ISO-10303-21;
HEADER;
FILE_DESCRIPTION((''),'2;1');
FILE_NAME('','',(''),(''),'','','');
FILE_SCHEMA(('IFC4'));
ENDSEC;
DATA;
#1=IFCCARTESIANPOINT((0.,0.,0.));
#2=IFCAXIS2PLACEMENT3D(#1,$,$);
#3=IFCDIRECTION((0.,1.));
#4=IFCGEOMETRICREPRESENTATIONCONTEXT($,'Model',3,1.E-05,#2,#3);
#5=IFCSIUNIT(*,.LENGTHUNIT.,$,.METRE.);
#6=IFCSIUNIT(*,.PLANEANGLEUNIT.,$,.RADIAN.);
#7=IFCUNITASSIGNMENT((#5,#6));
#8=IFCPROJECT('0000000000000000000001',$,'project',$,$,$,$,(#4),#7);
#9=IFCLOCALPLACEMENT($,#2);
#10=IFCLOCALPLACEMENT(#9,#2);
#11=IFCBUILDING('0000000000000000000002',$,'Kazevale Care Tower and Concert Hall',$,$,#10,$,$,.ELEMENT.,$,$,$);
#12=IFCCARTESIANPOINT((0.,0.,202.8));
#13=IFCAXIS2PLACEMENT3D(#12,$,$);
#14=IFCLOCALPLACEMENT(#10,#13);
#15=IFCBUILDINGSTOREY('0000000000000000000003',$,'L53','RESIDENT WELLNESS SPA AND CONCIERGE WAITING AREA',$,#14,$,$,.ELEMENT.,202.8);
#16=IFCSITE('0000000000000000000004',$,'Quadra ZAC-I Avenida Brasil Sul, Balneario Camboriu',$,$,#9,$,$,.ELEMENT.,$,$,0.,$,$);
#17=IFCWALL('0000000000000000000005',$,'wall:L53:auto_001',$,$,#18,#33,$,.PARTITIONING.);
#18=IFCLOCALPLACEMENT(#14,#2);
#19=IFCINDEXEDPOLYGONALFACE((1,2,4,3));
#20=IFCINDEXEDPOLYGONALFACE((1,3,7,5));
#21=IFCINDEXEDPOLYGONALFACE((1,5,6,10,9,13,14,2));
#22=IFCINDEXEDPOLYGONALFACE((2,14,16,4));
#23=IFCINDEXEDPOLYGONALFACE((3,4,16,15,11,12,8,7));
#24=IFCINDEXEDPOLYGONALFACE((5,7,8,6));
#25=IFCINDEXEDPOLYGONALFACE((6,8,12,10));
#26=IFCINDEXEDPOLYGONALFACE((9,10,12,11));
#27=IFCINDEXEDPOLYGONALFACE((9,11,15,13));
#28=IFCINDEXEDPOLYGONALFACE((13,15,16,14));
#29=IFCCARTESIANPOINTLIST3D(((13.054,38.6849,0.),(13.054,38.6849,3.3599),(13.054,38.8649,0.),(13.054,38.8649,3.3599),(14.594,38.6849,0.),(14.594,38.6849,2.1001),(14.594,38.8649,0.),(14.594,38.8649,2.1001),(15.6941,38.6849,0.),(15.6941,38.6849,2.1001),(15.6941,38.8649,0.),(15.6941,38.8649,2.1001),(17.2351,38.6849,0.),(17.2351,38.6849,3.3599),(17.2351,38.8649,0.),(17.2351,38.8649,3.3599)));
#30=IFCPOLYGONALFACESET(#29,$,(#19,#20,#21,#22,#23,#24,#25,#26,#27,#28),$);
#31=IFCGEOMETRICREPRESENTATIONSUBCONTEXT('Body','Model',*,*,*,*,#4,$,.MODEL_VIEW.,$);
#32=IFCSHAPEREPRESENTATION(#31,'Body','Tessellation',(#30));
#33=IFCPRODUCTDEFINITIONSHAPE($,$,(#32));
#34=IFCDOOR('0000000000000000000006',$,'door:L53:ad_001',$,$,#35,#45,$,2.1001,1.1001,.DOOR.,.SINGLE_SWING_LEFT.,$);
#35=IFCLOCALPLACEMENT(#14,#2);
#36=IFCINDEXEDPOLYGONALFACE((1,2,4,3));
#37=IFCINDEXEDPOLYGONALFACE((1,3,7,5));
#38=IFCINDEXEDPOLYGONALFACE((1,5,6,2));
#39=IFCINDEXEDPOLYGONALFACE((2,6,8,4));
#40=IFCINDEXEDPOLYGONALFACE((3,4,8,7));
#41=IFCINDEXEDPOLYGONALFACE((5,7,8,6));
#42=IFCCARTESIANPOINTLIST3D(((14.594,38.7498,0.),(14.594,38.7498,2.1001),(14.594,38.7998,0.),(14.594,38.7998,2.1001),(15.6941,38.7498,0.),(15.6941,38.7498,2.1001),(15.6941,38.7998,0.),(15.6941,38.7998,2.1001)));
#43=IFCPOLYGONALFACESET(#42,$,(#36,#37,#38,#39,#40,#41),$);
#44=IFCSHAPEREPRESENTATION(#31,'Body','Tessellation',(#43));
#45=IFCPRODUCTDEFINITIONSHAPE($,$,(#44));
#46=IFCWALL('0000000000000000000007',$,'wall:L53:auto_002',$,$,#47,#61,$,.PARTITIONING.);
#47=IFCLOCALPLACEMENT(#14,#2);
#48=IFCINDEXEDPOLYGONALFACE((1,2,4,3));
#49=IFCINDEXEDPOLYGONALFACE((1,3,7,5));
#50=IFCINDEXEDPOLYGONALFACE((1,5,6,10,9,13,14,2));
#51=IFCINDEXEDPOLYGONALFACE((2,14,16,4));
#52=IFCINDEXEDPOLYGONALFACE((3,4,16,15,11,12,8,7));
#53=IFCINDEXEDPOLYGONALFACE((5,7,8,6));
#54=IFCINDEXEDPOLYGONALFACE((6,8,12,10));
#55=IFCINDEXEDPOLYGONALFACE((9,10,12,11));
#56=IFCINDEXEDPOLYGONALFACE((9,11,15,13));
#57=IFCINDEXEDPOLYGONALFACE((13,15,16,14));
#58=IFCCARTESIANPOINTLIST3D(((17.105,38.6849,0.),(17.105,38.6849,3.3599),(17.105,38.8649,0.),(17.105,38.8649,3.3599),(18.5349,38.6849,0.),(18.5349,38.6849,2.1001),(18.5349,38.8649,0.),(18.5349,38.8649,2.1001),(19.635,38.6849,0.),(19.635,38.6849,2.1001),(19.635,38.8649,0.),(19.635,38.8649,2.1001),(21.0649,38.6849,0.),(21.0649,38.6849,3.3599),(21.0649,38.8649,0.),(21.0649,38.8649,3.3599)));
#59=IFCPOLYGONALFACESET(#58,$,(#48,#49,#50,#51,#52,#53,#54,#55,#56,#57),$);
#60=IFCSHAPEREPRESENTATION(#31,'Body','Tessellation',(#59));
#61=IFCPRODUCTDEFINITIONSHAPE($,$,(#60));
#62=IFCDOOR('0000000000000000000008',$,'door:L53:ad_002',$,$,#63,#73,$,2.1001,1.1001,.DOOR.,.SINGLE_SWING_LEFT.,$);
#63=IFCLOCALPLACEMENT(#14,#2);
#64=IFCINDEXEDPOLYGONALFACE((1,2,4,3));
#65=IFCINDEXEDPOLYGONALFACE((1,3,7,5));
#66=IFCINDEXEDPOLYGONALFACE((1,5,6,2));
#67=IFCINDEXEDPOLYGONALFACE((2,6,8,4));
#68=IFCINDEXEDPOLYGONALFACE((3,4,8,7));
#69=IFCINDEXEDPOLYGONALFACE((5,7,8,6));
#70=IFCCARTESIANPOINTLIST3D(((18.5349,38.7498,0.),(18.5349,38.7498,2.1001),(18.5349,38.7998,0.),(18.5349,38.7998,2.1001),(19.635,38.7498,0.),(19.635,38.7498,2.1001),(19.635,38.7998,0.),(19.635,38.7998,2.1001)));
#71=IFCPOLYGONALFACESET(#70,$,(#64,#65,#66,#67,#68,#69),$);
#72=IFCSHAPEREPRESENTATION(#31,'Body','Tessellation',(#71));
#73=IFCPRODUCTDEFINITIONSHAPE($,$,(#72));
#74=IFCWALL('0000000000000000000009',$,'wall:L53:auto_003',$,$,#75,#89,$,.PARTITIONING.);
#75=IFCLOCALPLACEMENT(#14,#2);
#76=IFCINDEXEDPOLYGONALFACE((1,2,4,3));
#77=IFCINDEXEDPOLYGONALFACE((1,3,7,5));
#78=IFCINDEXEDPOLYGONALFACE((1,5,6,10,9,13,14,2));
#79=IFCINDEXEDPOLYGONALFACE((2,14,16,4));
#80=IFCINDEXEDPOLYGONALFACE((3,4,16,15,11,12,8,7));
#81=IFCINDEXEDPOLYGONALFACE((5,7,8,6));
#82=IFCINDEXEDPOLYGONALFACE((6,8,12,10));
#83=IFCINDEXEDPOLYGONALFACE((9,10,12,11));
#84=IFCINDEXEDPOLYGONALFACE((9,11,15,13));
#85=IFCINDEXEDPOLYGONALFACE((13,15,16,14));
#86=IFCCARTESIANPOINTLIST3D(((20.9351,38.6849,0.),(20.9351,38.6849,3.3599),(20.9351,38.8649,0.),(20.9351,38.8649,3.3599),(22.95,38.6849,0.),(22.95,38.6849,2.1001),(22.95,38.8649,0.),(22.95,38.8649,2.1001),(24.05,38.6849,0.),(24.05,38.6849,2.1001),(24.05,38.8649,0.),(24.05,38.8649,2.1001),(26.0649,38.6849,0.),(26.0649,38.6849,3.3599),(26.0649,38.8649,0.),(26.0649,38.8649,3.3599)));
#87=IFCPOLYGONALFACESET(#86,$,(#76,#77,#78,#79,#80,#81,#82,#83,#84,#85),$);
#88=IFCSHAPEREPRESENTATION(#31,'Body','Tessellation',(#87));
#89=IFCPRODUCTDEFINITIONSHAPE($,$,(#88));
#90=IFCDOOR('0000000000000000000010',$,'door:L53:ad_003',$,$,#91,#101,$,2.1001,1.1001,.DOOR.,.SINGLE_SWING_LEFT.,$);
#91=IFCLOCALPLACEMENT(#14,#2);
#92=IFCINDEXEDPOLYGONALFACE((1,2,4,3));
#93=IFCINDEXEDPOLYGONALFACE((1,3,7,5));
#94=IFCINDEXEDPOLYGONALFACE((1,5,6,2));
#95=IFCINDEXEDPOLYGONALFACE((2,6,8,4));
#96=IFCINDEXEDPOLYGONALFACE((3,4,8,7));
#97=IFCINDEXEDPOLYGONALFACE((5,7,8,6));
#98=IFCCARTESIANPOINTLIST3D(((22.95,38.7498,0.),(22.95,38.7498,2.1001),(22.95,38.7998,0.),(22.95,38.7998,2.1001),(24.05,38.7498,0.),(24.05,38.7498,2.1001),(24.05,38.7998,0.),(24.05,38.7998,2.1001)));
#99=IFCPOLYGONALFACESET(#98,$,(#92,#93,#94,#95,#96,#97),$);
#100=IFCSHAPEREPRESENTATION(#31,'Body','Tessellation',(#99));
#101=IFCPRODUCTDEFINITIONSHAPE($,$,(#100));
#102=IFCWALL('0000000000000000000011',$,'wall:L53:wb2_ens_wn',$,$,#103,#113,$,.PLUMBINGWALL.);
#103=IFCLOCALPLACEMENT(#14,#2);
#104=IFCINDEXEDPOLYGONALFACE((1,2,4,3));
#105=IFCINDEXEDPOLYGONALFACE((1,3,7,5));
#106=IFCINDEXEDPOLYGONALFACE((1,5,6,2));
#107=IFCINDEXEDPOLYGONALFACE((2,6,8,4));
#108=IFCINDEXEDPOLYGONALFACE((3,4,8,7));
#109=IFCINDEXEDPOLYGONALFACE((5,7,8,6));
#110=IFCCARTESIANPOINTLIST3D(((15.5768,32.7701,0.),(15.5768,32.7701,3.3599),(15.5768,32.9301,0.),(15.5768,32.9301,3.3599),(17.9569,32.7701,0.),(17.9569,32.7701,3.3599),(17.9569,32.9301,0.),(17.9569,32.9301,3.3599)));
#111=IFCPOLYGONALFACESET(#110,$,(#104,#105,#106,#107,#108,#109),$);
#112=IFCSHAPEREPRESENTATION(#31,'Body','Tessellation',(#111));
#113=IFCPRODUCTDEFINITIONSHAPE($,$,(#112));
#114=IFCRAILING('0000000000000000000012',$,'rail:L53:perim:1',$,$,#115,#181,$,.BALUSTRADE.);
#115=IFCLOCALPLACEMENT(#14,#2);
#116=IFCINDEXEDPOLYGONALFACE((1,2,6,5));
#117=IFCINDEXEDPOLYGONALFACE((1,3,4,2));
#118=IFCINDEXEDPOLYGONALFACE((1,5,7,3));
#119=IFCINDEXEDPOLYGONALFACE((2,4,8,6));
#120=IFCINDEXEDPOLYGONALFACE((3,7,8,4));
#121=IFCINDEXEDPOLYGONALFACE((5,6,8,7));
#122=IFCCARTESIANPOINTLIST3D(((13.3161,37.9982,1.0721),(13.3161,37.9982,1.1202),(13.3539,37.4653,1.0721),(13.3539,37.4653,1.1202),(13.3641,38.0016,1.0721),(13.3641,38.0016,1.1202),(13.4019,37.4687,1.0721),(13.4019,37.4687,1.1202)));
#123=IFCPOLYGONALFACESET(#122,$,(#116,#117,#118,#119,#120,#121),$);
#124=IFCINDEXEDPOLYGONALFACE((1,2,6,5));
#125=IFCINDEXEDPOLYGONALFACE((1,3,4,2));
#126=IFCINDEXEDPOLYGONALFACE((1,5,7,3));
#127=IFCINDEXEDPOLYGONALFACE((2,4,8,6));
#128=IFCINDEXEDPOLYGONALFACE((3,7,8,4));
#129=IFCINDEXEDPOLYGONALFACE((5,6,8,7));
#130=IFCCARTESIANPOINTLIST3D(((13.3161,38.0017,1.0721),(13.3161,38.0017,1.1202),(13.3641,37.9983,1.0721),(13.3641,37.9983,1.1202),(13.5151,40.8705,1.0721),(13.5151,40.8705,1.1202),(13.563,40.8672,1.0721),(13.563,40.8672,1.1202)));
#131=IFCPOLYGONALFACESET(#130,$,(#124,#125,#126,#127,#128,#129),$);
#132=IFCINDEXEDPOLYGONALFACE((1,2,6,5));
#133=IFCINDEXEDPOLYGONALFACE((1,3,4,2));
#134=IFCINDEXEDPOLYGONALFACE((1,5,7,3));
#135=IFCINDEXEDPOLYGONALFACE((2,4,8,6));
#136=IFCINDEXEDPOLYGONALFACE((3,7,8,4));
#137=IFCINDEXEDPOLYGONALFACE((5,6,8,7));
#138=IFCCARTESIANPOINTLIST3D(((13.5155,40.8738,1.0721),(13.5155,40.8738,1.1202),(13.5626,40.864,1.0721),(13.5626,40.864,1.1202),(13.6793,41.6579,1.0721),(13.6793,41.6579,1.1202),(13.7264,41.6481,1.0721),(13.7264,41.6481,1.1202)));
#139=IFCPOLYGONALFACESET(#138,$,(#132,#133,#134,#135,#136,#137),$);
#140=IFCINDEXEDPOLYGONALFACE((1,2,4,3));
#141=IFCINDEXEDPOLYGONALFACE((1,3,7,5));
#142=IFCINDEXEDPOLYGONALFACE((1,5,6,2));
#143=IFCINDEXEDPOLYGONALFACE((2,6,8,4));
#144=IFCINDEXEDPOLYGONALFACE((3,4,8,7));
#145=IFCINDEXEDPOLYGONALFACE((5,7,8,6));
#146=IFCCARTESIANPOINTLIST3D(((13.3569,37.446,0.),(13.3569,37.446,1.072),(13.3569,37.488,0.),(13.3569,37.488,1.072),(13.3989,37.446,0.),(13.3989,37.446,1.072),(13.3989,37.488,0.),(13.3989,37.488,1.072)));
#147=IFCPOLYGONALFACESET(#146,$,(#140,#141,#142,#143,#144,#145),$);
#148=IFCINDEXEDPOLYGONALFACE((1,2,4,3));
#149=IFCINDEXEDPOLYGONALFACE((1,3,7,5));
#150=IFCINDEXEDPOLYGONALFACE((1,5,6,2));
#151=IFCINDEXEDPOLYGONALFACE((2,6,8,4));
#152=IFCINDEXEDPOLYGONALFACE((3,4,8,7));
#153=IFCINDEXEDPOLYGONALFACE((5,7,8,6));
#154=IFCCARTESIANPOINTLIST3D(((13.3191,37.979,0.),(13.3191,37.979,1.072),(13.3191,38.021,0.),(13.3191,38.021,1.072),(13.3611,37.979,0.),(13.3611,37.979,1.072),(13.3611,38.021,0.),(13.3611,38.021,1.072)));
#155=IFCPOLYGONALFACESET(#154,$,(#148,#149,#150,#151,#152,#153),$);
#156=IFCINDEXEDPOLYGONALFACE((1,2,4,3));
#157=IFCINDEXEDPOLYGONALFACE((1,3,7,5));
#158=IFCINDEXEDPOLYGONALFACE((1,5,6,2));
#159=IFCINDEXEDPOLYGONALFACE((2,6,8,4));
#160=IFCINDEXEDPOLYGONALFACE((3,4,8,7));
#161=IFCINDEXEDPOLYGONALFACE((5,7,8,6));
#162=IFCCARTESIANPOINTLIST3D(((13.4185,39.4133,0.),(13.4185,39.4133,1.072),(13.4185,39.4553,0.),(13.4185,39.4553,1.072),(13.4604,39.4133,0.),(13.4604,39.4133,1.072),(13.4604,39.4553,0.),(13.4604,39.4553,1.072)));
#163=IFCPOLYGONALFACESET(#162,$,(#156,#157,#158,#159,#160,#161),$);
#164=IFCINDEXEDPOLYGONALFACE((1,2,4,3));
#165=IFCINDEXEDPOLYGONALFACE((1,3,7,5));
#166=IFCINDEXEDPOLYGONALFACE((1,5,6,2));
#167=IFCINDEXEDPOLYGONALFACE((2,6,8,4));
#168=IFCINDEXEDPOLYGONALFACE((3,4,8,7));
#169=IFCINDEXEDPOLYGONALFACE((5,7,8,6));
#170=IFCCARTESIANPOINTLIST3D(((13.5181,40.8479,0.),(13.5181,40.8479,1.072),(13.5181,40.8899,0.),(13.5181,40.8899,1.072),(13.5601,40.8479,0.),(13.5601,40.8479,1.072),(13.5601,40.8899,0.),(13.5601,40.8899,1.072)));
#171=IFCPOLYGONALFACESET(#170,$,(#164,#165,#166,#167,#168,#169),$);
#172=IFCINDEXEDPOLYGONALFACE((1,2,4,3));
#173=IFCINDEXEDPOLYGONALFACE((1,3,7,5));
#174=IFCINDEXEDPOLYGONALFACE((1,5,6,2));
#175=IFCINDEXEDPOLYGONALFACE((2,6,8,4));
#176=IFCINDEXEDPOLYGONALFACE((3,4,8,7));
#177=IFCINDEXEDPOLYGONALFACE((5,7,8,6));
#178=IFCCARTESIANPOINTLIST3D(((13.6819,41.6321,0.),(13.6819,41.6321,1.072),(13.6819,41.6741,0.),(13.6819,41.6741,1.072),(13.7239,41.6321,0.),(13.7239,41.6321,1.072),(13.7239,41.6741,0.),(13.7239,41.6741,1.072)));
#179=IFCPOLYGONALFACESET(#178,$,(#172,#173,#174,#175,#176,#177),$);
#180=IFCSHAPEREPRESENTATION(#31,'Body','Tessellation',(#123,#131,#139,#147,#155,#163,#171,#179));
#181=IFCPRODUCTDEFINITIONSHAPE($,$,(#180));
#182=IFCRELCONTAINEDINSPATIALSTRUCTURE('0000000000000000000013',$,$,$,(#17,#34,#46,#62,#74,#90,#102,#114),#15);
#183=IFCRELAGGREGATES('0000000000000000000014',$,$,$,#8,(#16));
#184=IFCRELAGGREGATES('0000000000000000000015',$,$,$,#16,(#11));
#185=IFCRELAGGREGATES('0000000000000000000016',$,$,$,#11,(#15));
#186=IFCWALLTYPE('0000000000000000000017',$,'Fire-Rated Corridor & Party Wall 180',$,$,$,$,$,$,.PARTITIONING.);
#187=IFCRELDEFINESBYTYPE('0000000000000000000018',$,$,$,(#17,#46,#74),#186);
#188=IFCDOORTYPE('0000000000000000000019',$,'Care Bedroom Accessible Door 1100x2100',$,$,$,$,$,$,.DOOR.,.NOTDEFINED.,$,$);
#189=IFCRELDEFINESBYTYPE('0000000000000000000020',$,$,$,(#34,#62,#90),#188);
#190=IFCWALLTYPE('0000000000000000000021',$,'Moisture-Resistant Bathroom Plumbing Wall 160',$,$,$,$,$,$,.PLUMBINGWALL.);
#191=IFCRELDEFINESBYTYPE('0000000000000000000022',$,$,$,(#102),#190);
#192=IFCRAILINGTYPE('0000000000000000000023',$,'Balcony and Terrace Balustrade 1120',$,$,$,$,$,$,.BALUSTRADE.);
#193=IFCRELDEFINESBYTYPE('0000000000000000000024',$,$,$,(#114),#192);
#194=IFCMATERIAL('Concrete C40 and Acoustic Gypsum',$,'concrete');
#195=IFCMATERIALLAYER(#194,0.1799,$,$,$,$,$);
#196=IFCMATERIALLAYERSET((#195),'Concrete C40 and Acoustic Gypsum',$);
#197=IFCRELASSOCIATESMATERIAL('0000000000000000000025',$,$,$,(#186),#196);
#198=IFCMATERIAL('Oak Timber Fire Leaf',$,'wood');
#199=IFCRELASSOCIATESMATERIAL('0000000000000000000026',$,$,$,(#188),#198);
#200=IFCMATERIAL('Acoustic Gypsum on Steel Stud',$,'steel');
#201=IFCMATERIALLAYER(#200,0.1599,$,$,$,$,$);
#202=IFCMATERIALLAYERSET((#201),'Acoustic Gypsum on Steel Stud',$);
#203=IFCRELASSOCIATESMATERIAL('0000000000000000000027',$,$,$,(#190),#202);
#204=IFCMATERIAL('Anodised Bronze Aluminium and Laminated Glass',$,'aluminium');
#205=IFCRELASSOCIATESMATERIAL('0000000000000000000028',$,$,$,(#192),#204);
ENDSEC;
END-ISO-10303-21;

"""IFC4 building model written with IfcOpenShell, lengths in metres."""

from ifc_helpers import new_model, si_unit, direction, frame, frame_2d, origin, origin_2d, place, context, subcontext, project, spatial, rectangle, extrude, material, layer, layer_set, type_object, element, fill, save


model = new_model("IFC4")

# Units and contexts
model_context = context("Model", 3, precision=1e-05, world=origin(), true_north=direction((0.0, 1.0)))
body_context = subcontext(model_context, "Body", "Model", "MODEL_VIEW")
ifc_project = project(units=[si_unit("LENGTHUNIT", "METRE"), si_unit("PLANEANGLEUNIT", "RADIAN")], contexts=[model_context])

# Site, building, storey
site_placement = place(None, origin())
site = spatial("IfcSite", under=ifc_project, at=site_placement, Name="Quadra ZAC-I Avenida Brasil Sul, Balneario Camboriu", CompositionType="ELEMENT", RefElevation=0.0)
building_placement = place(site_placement, origin())
building = spatial("IfcBuilding", under=site, at=building_placement, Name="Kazevale Care Tower and Concert Hall", CompositionType="ELEMENT")
storey_placement = place(building_placement, frame((0.0, 0.0, 202.8)))
storey = spatial("IfcBuildingStorey", under=building, at=storey_placement, Name="L53", Description="RESIDENT WELLNESS SPA AND CONCIERGE WAITING AREA", CompositionType="ELEMENT", Elevation=202.8)

# Walls, openings, doors
ifc_material_1 = material(Name="Concrete C40 and Acoustic Gypsum", Category="concrete")
ifc_layer_1 = layer(ifc_material_1, 0.1799)
ifc_layer_set_1 = layer_set([ifc_layer_1], Name="Concrete C40 and Acoustic Gypsum")
wall_type_1 = type_object("IfcWallType", Name="Fire-Rated Corridor & Party Wall 180", PredefinedType="PARTITIONING", material=ifc_layer_set_1)
wall_1_placement = place(storey_placement, frame((13.054, 38.7749, 0.0), z_axis=(0.0, 0.0, 1.0), x_axis=(1.0, 0.0, 0.0)))
wall_1 = element("IfcWall", 1, at=wall_1_placement, inside=storey, type_object=wall_type_1, Name="wall:L53:auto_001", PredefinedType="PARTITIONING", context=body_context, shape_type="SweptSolid", body=[
    extrude(rectangle(XDim=4.1812, YDim=0.1799, at=frame_2d((2.0906, 0.0))), origin(), (0.0, 0.0, 1.0), 3.3599),
])
opening_1_placement = place(wall_1_placement, frame((1.54, 0.0, 0.0)))
opening_1 = element("IfcOpeningElement", 2, at=opening_1_placement, cuts=wall_1, PredefinedType="OPENING", context=body_context, shape_type="SweptSolid", body=[
    extrude(rectangle(XDim=1.1001, YDim=2.1001, at=frame_2d((0.55, 1.05))), frame((0.0, 0.0999, 0.0), z_axis=(0.0, -1.0, 0.0), x_axis=(1.0, 0.0, 0.0)), (0.0, 0.0, 1.0), 0.2),
])
ifc_material_2 = material(Name="Oak Timber Fire Leaf", Category="wood")
door_type = type_object("IfcDoorType", Name="Care Bedroom Accessible Door 1100x2100", OperationType="NOTDEFINED", PredefinedType="DOOR", material=ifc_material_2)
door_1_placement = place(opening_1_placement, origin())
door_1 = element("IfcDoor", 3, at=door_1_placement, inside=storey, type_object=door_type, Name="door:L53:ad_001", OperationType="SINGLE_SWING_LEFT", OverallHeight=2.1001, OverallWidth=1.1001, PredefinedType="DOOR", context=body_context, shape_type="SweptSolid", body=[
    extrude(rectangle(XDim=1.1001, YDim=2.1001, at=frame_2d((0.55, 1.05))), frame((0.0, 0.0249, 0.0), z_axis=(0.0, -1.0, 0.0), x_axis=(1.0, 0.0, 0.0)), (0.0, 0.0, 1.0), 0.05),
])
fill(opening_1, door_1)
wall_2_placement = place(storey_placement, frame((17.105, 38.7749, 0.0), z_axis=(0.0, 0.0, 1.0), x_axis=(1.0, 0.0, 0.0)))
wall_2 = element("IfcWall", 4, at=wall_2_placement, inside=storey, type_object=wall_type_1, Name="wall:L53:auto_002", PredefinedType="PARTITIONING", context=body_context, shape_type="SweptSolid", body=[
    extrude(rectangle(XDim=3.96, YDim=0.1799, at=frame_2d((1.98, 0.0))), origin(), (0.0, 0.0, 1.0), 3.3599),
])
opening_2_placement = place(wall_2_placement, frame((1.4299, 0.0, 0.0)))
opening_2 = element("IfcOpeningElement", 5, at=opening_2_placement, cuts=wall_2, PredefinedType="OPENING", context=body_context, shape_type="SweptSolid", body=[
    extrude(rectangle(XDim=1.1001, YDim=2.1001, at=frame_2d((0.55, 1.05))), frame((0.0, 0.0999, 0.0), z_axis=(0.0, -1.0, 0.0), x_axis=(1.0, 0.0, 0.0)), (0.0, 0.0, 1.0), 0.2),
])
door_2_placement = place(opening_2_placement, origin())
door_2 = element("IfcDoor", 6, at=door_2_placement, inside=storey, type_object=door_type, Name="door:L53:ad_002", OperationType="SINGLE_SWING_LEFT", OverallHeight=2.1001, OverallWidth=1.1001, PredefinedType="DOOR", context=body_context, shape_type="SweptSolid", body=[
    extrude(rectangle(XDim=1.1001, YDim=2.1001, at=frame_2d((0.55, 1.05))), frame((0.0, 0.0249, 0.0), z_axis=(0.0, -1.0, 0.0), x_axis=(1.0, 0.0, 0.0)), (0.0, 0.0, 1.0), 0.05),
])
fill(opening_2, door_2)
wall_3_placement = place(storey_placement, frame((20.9351, 38.7749, 0.0), z_axis=(0.0, 0.0, 1.0), x_axis=(1.0, 0.0, 0.0)))
wall_3 = element("IfcWall", 7, at=wall_3_placement, inside=storey, type_object=wall_type_1, Name="wall:L53:auto_003", PredefinedType="PARTITIONING", context=body_context, shape_type="SweptSolid", body=[
    extrude(rectangle(XDim=5.1299, YDim=0.1799, at=frame_2d((2.5649, 0.0))), origin(), (0.0, 0.0, 1.0), 3.3599),
])
opening_3_placement = place(wall_3_placement, frame((2.0149, 0.0, 0.0)))
opening_3 = element("IfcOpeningElement", 8, at=opening_3_placement, cuts=wall_3, PredefinedType="OPENING", context=body_context, shape_type="SweptSolid", body=[
    extrude(rectangle(XDim=1.1001, YDim=2.1001, at=frame_2d((0.55, 1.05))), frame((0.0, 0.0999, 0.0), z_axis=(0.0, -1.0, 0.0), x_axis=(1.0, 0.0, 0.0)), (0.0, 0.0, 1.0), 0.2),
])
door_3_placement = place(opening_3_placement, origin())
door_3 = element("IfcDoor", 9, at=door_3_placement, inside=storey, type_object=door_type, Name="door:L53:ad_003", OperationType="SINGLE_SWING_LEFT", OverallHeight=2.1001, OverallWidth=1.1001, PredefinedType="DOOR", context=body_context, shape_type="SweptSolid", body=[
    extrude(rectangle(XDim=1.1001, YDim=2.1001, at=frame_2d((0.55, 1.05))), frame((0.0, 0.0249, 0.0), z_axis=(0.0, -1.0, 0.0), x_axis=(1.0, 0.0, 0.0)), (0.0, 0.0, 1.0), 0.05),
])
fill(opening_3, door_3)

# Wall
ifc_material_3 = material(Name="Acoustic Gypsum on Steel Stud", Category="steel")
ifc_layer_2 = layer(ifc_material_3, 0.1599)
ifc_layer_set_2 = layer_set([ifc_layer_2], Name="Acoustic Gypsum on Steel Stud")
wall_type_2 = type_object("IfcWallType", Name="Moisture-Resistant Bathroom Plumbing Wall 160", PredefinedType="PLUMBINGWALL", material=ifc_layer_set_2)
wall_4_placement = place(storey_placement, frame((15.5769, 32.8501, 0.0), z_axis=(0.0, 0.0, 1.0), x_axis=(1.0, 0.0, 0.0)))
element("IfcWall", 10, at=wall_4_placement, inside=storey, type_object=wall_type_2, Name="wall:L53:wb2_ens_wn", PredefinedType="PLUMBINGWALL", context=body_context, shape_type="SweptSolid", body=[
    extrude(rectangle(XDim=2.3801, YDim=0.1599, at=frame_2d((1.1899, 0.0))), origin(), (0.0, 0.0, 1.0), 3.3599),
])

# Railing
ifc_material_4 = material(Name="Anodised Bronze Aluminium and Laminated Glass", Category="aluminium")
railing_type = type_object("IfcRailingType", Name="Balcony and Terrace Balustrade 1120", PredefinedType="BALUSTRADE", material=ifc_material_4)
railing_placement = place(storey_placement, frame((13.3779, 37.467, 0.0)))
element("IfcRailing", 11, at=railing_placement, inside=storey, type_object=railing_type, Name="rail:L53:perim:1", PredefinedType="BALUSTRADE", context=body_context, shape_type="SweptSolid", body=[
    extrude(rectangle(XDim=0.0481, YDim=0.0481, at=origin_2d()), frame((0.0, 0.0, 1.0962), z_axis=(-0.070825, 0.997489, 0.0), x_axis=(-0.997489, -0.070825, 0.0)), (0.0, 0.0, 1.0), 0.5342),
    extrude(rectangle(XDim=0.0481, YDim=0.0481, at=origin_2d()), frame((-0.0378, 0.533, 1.0962), z_axis=(0.06919, 0.997604, 0.0), x_axis=(-0.997604, 0.06919, 0.0)), (0.0, 0.0, 1.0), 2.8757),
    extrude(rectangle(XDim=0.0481, YDim=0.0481, at=origin_2d()), frame((0.1611, 3.4019, 1.0962), z_axis=(0.20449, 0.978869, 0.0), x_axis=(-0.978869, 0.20449, 0.0)), (0.0, 0.0, 1.0), 0.801),
    extrude(rectangle(XDim=0.042, YDim=0.042, at=origin_2d()), origin(), (0.0, 0.0, 1.0), 1.072),
    extrude(rectangle(XDim=0.042, YDim=0.042, at=origin_2d()), frame((-0.0378, 0.533, 0.0)), (0.0, 0.0, 1.0), 1.072),
    extrude(rectangle(XDim=0.042, YDim=0.042, at=origin_2d()), frame((0.0615, 1.9673, 0.0)), (0.0, 0.0, 1.0), 1.072),
    extrude(rectangle(XDim=0.042, YDim=0.042, at=origin_2d()), frame((0.1611, 3.4019, 0.0)), (0.0, 0.0, 1.0), 1.072),
    extrude(rectangle(XDim=0.042, YDim=0.042, at=origin_2d()), frame((0.325, 4.186, 0.0)), (0.0, 0.0, 1.0), 1.072),
])

save(model, "model.ifc")
